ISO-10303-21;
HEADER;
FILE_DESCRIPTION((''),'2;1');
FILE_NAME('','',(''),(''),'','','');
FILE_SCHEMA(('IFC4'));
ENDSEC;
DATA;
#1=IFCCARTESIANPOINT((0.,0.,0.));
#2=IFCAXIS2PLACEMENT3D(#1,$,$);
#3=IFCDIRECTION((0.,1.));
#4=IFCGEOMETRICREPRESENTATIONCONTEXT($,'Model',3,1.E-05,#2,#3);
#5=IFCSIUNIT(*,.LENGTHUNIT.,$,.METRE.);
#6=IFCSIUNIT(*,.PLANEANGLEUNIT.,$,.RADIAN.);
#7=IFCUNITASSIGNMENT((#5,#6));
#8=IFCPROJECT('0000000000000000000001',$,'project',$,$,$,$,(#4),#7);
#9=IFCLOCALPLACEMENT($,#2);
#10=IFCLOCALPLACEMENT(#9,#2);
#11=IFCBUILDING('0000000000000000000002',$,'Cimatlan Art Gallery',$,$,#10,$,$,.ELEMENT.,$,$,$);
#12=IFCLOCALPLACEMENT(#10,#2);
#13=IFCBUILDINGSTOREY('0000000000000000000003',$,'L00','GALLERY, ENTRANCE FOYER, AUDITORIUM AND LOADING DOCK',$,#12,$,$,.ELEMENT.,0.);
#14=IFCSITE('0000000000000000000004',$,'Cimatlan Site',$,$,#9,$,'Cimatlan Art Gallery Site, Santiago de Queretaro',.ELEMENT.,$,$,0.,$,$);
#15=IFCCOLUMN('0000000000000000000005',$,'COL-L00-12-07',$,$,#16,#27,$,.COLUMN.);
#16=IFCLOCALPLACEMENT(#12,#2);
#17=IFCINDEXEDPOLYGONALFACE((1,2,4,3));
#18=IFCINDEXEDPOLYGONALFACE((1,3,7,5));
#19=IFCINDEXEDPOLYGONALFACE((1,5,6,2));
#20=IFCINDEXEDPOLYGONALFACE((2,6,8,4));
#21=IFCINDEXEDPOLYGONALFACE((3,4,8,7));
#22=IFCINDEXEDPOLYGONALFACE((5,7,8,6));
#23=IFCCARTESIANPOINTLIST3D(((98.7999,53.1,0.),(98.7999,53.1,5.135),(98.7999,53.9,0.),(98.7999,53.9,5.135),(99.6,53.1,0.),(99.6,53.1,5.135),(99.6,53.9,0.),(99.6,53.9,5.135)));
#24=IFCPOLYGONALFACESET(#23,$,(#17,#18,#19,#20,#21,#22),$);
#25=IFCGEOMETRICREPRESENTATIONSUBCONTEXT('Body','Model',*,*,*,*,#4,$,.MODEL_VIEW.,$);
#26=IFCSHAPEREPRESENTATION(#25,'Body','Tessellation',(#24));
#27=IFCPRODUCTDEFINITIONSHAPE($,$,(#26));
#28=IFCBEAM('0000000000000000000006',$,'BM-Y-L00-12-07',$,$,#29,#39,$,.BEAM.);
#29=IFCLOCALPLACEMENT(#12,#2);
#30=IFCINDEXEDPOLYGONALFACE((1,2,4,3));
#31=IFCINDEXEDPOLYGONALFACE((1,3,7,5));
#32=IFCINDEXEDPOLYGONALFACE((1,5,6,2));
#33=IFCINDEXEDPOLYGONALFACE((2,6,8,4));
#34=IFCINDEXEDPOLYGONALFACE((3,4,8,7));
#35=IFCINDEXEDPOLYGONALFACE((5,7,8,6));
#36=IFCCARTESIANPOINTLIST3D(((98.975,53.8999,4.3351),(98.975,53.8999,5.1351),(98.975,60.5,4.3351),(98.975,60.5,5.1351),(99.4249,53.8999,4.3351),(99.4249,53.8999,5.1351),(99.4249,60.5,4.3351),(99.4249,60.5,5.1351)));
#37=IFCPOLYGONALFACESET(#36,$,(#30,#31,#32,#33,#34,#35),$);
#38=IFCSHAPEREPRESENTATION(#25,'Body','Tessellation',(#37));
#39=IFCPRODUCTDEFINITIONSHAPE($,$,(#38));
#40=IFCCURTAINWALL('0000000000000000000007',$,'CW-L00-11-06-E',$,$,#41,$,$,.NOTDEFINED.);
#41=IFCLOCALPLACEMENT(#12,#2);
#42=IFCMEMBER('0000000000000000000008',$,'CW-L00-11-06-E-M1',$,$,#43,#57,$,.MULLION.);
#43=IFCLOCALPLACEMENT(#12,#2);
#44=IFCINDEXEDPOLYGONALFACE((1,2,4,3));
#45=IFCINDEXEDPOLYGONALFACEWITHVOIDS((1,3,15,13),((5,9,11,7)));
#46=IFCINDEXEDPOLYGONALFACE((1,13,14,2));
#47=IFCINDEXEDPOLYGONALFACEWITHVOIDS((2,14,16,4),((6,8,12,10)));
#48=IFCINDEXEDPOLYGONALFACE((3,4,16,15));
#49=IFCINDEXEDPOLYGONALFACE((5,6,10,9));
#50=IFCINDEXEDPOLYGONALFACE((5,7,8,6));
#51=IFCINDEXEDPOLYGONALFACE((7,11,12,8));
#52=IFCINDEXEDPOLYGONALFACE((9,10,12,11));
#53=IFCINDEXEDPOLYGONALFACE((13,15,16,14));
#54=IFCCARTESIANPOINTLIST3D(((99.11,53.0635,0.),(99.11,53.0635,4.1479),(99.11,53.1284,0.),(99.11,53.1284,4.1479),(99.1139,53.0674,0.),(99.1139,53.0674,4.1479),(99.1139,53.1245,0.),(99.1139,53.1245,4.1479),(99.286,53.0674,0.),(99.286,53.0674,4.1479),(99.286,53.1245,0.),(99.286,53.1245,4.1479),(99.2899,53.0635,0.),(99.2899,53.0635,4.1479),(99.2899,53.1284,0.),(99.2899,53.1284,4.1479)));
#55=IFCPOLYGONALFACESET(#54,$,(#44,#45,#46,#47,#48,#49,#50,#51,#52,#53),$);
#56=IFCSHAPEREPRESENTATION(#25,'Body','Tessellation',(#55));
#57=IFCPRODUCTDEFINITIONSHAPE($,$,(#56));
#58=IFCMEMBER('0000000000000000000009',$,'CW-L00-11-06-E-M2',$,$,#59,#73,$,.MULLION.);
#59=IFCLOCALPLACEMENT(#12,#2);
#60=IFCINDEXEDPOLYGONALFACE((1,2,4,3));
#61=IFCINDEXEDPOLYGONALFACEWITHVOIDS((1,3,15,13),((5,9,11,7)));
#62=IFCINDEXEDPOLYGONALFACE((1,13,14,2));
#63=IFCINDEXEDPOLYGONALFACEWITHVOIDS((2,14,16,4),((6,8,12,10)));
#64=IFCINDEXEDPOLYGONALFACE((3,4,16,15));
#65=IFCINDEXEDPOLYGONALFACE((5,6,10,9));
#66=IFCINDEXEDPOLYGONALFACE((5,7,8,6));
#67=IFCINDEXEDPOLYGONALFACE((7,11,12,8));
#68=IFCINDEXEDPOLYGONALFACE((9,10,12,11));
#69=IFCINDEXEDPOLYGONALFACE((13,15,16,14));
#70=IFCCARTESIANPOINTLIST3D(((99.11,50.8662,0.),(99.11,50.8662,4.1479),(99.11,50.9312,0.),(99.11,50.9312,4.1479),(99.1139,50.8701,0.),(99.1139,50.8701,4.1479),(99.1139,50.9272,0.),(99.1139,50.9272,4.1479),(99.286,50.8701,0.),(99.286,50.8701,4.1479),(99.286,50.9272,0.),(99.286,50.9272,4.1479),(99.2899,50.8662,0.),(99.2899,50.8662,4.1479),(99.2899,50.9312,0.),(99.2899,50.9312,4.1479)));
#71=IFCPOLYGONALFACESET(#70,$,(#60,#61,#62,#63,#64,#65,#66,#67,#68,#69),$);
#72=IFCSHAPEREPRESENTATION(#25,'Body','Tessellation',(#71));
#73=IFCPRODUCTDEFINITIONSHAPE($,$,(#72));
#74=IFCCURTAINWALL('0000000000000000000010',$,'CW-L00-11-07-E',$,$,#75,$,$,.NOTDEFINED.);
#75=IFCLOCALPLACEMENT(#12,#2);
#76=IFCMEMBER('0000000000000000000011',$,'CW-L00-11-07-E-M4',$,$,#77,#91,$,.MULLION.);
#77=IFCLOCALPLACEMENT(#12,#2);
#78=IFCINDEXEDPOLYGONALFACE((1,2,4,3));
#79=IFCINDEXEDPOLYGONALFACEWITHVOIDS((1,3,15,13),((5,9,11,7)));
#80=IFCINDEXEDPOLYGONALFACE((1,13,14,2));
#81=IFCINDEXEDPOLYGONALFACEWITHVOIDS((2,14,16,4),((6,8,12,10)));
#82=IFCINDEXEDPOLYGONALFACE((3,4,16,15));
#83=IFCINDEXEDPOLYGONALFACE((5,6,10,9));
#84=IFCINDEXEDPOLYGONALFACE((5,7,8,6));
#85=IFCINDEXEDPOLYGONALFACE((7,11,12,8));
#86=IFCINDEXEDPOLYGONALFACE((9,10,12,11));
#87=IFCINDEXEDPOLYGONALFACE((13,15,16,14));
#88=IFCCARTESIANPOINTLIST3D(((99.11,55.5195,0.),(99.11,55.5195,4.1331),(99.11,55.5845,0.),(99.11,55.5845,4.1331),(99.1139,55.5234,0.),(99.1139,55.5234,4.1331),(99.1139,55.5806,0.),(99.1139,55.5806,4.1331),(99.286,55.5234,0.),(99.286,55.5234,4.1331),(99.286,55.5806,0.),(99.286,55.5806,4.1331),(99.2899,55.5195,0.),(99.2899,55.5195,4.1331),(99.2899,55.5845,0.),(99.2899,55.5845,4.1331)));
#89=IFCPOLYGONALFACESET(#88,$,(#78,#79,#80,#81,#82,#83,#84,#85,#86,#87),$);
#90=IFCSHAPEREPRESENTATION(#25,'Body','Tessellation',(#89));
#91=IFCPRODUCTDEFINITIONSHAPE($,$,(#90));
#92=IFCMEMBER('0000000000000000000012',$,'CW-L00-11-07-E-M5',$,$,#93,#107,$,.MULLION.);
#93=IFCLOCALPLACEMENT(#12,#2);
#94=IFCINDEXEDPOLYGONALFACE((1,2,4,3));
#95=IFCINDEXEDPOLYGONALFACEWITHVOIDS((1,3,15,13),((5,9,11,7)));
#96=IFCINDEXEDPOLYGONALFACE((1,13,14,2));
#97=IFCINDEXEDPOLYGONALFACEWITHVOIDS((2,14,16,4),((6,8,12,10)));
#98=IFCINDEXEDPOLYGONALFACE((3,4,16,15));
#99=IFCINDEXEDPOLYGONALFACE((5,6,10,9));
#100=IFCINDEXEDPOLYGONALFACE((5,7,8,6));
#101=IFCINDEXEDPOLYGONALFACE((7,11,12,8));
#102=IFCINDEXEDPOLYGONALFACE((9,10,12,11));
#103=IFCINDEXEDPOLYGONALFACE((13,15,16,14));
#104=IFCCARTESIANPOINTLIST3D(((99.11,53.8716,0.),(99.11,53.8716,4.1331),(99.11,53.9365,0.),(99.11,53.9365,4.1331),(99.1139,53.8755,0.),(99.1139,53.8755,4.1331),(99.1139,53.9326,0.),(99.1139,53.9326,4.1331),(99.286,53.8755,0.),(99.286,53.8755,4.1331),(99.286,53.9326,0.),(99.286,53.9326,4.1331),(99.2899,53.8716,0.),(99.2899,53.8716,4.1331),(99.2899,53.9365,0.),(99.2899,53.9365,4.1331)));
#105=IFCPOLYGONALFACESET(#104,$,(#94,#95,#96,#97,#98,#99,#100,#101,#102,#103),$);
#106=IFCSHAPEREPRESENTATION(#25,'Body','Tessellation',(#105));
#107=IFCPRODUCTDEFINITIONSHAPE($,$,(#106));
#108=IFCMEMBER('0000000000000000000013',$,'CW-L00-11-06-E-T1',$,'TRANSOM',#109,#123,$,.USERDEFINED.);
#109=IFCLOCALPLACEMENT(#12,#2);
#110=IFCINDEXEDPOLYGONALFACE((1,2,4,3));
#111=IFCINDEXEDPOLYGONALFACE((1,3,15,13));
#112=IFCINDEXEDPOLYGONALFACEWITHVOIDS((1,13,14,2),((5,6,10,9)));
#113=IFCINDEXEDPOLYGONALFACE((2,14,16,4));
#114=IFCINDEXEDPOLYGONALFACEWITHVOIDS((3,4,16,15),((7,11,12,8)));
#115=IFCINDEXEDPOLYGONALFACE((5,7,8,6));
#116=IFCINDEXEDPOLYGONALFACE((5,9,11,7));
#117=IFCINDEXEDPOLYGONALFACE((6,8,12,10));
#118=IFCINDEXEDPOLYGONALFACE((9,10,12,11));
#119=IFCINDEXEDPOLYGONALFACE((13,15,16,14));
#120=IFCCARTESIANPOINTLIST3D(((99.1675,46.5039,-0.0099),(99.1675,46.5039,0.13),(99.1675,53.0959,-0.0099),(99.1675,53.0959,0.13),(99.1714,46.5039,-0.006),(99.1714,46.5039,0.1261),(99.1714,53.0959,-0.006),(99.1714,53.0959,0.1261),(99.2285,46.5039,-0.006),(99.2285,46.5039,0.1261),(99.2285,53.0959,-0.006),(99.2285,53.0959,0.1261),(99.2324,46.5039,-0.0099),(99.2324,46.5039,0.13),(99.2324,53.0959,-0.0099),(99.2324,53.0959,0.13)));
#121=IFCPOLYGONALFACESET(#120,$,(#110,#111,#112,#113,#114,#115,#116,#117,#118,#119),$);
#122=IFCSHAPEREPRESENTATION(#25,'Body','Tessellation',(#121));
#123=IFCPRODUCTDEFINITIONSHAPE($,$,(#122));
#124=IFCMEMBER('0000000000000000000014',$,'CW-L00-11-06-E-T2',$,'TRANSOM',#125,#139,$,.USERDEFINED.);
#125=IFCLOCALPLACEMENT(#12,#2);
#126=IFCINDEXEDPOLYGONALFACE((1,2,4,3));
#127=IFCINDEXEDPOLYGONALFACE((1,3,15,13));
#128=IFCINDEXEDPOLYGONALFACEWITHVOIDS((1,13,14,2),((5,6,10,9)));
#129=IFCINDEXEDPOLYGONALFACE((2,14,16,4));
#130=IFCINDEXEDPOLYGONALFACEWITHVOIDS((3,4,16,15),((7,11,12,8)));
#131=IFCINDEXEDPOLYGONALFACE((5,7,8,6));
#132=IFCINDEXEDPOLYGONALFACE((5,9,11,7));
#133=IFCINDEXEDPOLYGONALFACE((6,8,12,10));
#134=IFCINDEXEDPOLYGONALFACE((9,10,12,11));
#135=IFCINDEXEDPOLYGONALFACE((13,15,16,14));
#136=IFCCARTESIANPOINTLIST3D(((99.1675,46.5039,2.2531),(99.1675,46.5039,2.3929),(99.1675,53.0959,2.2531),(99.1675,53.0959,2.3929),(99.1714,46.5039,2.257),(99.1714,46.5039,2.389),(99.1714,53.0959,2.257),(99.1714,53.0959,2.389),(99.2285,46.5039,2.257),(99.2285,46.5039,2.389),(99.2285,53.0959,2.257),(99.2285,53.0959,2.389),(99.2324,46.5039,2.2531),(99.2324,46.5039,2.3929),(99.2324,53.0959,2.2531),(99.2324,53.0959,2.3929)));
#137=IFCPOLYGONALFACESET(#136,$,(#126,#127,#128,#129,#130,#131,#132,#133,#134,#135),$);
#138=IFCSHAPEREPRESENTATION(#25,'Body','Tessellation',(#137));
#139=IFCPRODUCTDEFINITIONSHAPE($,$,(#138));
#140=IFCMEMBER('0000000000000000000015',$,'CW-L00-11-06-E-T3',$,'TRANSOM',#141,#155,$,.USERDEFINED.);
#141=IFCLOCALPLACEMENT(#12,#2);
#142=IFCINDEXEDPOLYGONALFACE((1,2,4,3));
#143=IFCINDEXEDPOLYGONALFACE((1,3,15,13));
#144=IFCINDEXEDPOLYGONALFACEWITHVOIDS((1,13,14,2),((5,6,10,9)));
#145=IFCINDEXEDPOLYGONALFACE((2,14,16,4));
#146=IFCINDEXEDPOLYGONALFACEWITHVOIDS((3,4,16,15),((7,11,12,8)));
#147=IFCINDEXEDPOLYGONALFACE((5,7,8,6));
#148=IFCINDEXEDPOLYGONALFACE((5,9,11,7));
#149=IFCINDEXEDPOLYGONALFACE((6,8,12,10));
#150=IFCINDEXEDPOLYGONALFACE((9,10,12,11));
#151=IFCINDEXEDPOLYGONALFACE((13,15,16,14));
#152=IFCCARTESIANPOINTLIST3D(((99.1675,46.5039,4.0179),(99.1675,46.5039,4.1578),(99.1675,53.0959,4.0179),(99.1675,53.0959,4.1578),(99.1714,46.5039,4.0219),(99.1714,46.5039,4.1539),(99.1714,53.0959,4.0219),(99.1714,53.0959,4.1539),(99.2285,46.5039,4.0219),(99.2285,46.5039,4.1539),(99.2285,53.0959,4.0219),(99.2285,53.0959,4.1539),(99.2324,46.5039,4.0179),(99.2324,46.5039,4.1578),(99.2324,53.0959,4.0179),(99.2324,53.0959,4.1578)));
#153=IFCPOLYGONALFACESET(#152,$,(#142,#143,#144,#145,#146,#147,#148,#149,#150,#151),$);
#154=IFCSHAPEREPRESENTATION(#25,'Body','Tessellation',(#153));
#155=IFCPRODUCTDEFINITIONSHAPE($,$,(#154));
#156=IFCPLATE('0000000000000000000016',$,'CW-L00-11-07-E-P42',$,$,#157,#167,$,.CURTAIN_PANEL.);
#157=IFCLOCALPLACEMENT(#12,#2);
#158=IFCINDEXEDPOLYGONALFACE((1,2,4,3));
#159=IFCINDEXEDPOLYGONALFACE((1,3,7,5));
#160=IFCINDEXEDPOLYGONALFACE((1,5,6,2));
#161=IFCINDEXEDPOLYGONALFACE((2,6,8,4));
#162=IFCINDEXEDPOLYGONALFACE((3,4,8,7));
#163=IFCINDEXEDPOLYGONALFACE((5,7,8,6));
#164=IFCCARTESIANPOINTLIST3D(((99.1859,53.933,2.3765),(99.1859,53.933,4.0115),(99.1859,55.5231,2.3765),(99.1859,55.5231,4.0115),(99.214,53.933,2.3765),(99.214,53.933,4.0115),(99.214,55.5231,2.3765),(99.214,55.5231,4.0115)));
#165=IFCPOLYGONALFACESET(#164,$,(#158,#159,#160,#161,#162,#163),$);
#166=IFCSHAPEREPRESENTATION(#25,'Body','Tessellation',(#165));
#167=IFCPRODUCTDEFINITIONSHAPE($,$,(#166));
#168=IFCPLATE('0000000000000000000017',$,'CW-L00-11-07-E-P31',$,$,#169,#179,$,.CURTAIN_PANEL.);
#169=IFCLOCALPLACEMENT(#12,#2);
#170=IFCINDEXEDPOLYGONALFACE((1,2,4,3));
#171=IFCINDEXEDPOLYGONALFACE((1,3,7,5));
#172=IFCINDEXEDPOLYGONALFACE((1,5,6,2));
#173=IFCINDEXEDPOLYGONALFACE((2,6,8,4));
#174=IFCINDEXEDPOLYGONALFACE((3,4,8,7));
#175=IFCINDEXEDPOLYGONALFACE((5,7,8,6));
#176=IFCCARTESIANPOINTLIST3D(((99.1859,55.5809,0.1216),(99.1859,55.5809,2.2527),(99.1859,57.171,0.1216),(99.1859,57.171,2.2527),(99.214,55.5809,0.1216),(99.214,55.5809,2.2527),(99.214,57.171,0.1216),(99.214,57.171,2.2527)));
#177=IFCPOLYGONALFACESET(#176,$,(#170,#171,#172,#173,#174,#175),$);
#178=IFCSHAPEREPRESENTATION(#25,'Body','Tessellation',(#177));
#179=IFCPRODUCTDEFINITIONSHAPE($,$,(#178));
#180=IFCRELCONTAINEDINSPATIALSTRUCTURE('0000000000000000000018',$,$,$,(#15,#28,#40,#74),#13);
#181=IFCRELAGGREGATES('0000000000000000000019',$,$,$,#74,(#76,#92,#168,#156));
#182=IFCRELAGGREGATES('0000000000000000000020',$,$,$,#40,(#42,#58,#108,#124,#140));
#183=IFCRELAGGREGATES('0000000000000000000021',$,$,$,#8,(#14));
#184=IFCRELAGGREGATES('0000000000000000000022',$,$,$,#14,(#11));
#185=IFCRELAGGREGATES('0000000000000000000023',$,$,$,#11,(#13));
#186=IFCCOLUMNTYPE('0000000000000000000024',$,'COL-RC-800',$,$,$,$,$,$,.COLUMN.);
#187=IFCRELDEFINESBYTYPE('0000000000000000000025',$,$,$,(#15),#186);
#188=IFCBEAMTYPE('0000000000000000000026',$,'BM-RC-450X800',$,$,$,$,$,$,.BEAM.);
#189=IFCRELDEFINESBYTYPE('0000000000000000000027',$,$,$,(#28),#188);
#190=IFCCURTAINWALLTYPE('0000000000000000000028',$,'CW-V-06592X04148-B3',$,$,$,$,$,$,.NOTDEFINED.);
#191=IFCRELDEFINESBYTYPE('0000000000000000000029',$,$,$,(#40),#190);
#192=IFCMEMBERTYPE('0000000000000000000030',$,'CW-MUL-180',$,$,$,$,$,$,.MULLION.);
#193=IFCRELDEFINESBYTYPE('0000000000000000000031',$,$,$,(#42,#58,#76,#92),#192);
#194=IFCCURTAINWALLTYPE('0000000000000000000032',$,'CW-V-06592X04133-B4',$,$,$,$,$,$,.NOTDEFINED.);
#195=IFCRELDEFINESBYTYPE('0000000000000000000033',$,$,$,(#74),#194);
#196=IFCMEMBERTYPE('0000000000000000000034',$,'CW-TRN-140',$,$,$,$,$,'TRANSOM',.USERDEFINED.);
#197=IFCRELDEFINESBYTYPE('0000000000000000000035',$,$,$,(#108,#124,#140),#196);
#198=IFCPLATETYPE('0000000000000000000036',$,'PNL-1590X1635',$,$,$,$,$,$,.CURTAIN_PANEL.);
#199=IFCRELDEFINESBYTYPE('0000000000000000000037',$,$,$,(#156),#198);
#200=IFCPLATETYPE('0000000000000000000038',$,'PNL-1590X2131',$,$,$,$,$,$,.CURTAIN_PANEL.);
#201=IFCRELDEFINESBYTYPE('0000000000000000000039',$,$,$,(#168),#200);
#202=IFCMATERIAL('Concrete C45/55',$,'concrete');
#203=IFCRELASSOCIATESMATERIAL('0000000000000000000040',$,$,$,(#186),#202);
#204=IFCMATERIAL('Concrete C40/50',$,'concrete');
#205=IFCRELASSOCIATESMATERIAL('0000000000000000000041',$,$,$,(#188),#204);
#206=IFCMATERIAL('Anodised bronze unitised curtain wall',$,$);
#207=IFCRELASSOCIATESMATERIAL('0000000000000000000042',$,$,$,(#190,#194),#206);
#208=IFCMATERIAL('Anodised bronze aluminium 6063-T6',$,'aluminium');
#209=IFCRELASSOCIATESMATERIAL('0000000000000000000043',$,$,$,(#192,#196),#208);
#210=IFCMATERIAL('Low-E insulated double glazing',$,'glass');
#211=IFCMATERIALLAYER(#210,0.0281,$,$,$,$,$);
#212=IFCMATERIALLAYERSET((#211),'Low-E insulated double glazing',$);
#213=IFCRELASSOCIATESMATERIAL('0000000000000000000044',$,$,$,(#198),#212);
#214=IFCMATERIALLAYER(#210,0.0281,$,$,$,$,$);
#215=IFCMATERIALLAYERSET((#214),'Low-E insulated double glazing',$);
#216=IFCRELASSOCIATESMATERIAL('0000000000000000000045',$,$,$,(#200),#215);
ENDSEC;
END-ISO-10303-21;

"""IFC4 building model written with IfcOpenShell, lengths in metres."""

from ifc_helpers import new_model, si_unit, direction, frame, origin, origin_2d, place, context, subcontext, project, spatial, rectangle, hollow_rectangle, extrude, material, layer, layer_set, material_profile, profile_set, type_object, element, aggregate, save


model = new_model("IFC4")

# Units and contexts
model_context = context("Model", 3, precision=1e-05, world=origin(), true_north=direction((0.0, 1.0)))
body_context = subcontext(model_context, "Body", "Model", "MODEL_VIEW")
ifc_project = project(units=[si_unit("LENGTHUNIT", "METRE"), si_unit("PLANEANGLEUNIT", "RADIAN")], contexts=[model_context])

# Site, building, storey
site_placement = place(None, origin())
site = spatial("IfcSite", under=ifc_project, at=site_placement, Name="Cimatlan Site", LongName="Cimatlan Art Gallery Site, Santiago de Queretaro", CompositionType="ELEMENT", RefElevation=0.0)
building_placement = place(site_placement, origin())
building = spatial("IfcBuilding", under=site, at=building_placement, Name="Cimatlan Art Gallery", CompositionType="ELEMENT")
storey_placement = place(building_placement, origin())
storey = spatial("IfcBuildingStorey", under=building, at=storey_placement, Name="L00", Description="GALLERY, ENTRANCE FOYER, AUDITORIUM AND LOADING DOCK", CompositionType="ELEMENT", Elevation=0.0)

# Column
ifc_material_1 = material(Name="Concrete C45/55", Category="concrete")
ifc_material_profile_1 = material_profile(ifc_material_1, rectangle(XDim=0.8, YDim=0.8, at=origin_2d()), Name="RC800X800")
ifc_profile_set_1 = profile_set([ifc_material_profile_1], Name="Concrete C45/55")
column_type = type_object("IfcColumnType", Name="COL-RC-800", PredefinedType="COLUMN", material=ifc_profile_set_1)
column_placement = place(storey_placement, frame((99.2, 53.5, 0.0), z_axis=(0.0, 0.0, 1.0), x_axis=(1.0, 0.0, 0.0)))
element("IfcColumn", 1, at=column_placement, inside=storey, type_object=column_type, Name="COL-L00-12-07", PredefinedType="COLUMN", context=body_context, shape_type="SweptSolid", body=[
    extrude(rectangle(XDim=0.8, YDim=0.8, at=origin_2d()), origin(), (0.0, 0.0, 1.0), 5.135),
])

# Beam
ifc_material_2 = material(Name="Concrete C40/50", Category="concrete")
ifc_material_profile_2 = material_profile(ifc_material_2, rectangle(XDim=0.45, YDim=0.8, at=origin_2d()), Name="RC450X800")
ifc_profile_set_2 = profile_set([ifc_material_profile_2], Name="Concrete C40/50")
beam_type = type_object("IfcBeamType", Name="BM-RC-450X800", PredefinedType="BEAM", material=ifc_profile_set_2)
beam_placement = place(storey_placement, frame((99.2, 53.8999, 4.7351), z_axis=(0.0, 1.0, 0.0), x_axis=(-1.0, 0.0, 0.0)))
element("IfcBeam", 2, at=beam_placement, inside=storey, type_object=beam_type, Name="BM-Y-L00-12-07", PredefinedType="BEAM", context=body_context, shape_type="SweptSolid", body=[
    extrude(rectangle(XDim=0.45, YDim=0.8, at=origin_2d()), origin(), (0.0, 0.0, 1.0), 6.6001),
])

# Curtain walls, members
ifc_material_3 = material(Name="Anodised bronze unitised curtain wall")
curtain_wall_type_1 = type_object("IfcCurtainWallType", Name="CW-V-06592X04148-B3", PredefinedType="NOTDEFINED", material=ifc_material_3)
curtain_wall_1_placement = place(storey_placement, origin())
curtain_wall_1 = element("IfcCurtainWall", 3, at=curtain_wall_1_placement, inside=storey, type_object=curtain_wall_type_1, Name="CW-L00-11-06-E", PredefinedType="NOTDEFINED")
ifc_material_4 = material(Name="Anodised bronze aluminium 6063-T6", Category="aluminium")
ifc_material_profile_3 = material_profile(ifc_material_4, hollow_rectangle(XDim=0.0649, YDim=0.1799, WallThickness=0.0039, at=origin_2d()), Name="ALU65X180X4")
ifc_profile_set_3 = profile_set([ifc_material_profile_3], Name="Anodised bronze aluminium 6063-T6")
member_type_1 = type_object("IfcMemberType", Name="CW-MUL-180", PredefinedType="MULLION", material=ifc_profile_set_3)
member_1_placement = place(storey_placement, frame((99.2, 53.0959, 0.0), z_axis=(0.0, 0.0, 1.0), x_axis=(0.0, 1.0, 0.0)))
member_1 = element("IfcMember", 4, at=member_1_placement, type_object=member_type_1, Name="CW-L00-11-06-E-M1", PredefinedType="MULLION", context=body_context, shape_type="SweptSolid", body=[
    extrude(hollow_rectangle(XDim=0.0649, YDim=0.1799, WallThickness=0.0039, at=origin_2d()), origin(), (0.0, 0.0, 1.0), 4.1479),
])
member_2_placement = place(storey_placement, frame((99.2, 50.8987, 0.0), z_axis=(0.0, 0.0, 1.0), x_axis=(0.0, 1.0, 0.0)))
member_2 = element("IfcMember", 5, at=member_2_placement, type_object=member_type_1, Name="CW-L00-11-06-E-M2", PredefinedType="MULLION", context=body_context, shape_type="SweptSolid", body=[
    extrude(hollow_rectangle(XDim=0.0649, YDim=0.1799, WallThickness=0.0039, at=origin_2d()), origin(), (0.0, 0.0, 1.0), 4.1479),
])
curtain_wall_type_2 = type_object("IfcCurtainWallType", Name="CW-V-06592X04133-B4", PredefinedType="NOTDEFINED", material=ifc_material_3)
curtain_wall_2_placement = place(storey_placement, origin())
curtain_wall_2 = element("IfcCurtainWall", 6, at=curtain_wall_2_placement, inside=storey, type_object=curtain_wall_type_2, Name="CW-L00-11-07-E", PredefinedType="NOTDEFINED")
member_3_placement = place(storey_placement, frame((99.2, 55.552, 0.0), z_axis=(0.0, 0.0, 1.0), x_axis=(0.0, 1.0, 0.0)))
member_3 = element("IfcMember", 7, at=member_3_placement, type_object=member_type_1, Name="CW-L00-11-07-E-M4", PredefinedType="MULLION", context=body_context, shape_type="SweptSolid", body=[
    extrude(hollow_rectangle(XDim=0.0649, YDim=0.1799, WallThickness=0.0039, at=origin_2d()), origin(), (0.0, 0.0, 1.0), 4.1331),
])
member_4_placement = place(storey_placement, frame((99.2, 53.9041, 0.0), z_axis=(0.0, 0.0, 1.0), x_axis=(0.0, 1.0, 0.0)))
member_4 = element("IfcMember", 8, at=member_4_placement, type_object=member_type_1, Name="CW-L00-11-07-E-M5", PredefinedType="MULLION", context=body_context, shape_type="SweptSolid", body=[
    extrude(hollow_rectangle(XDim=0.0649, YDim=0.1799, WallThickness=0.0039, at=origin_2d()), origin(), (0.0, 0.0, 1.0), 4.1331),
])

# Members
ifc_material_profile_4 = material_profile(ifc_material_4, hollow_rectangle(XDim=0.0649, YDim=0.1399, WallThickness=0.0039, at=origin_2d()), Name="ALU65X140X4")
ifc_profile_set_4 = profile_set([ifc_material_profile_4], Name="Anodised bronze aluminium 6063-T6")
member_type_2 = type_object("IfcMemberType", Name="CW-TRN-140", ElementType="TRANSOM", PredefinedType="USERDEFINED", material=ifc_profile_set_4)
member_5_placement = place(storey_placement, frame((99.2, 53.0959, 0.0601), z_axis=(0.0, -1.0, 0.0), x_axis=(1.0, 0.0, 0.0)))
member_5 = element("IfcMember", 9, at=member_5_placement, type_object=member_type_2, Name="CW-L00-11-06-E-T1", ObjectType="TRANSOM", PredefinedType="USERDEFINED", context=body_context, shape_type="SweptSolid", body=[
    extrude(hollow_rectangle(XDim=0.0649, YDim=0.1399, WallThickness=0.0039, at=origin_2d()), origin(), (0.0, 0.0, 1.0), 6.592),
])
member_6_placement = place(storey_placement, frame((99.2, 53.0959, 2.323), z_axis=(0.0, -1.0, 0.0), x_axis=(1.0, 0.0, 0.0)))
member_6 = element("IfcMember", 10, at=member_6_placement, type_object=member_type_2, Name="CW-L00-11-06-E-T2", ObjectType="TRANSOM", PredefinedType="USERDEFINED", context=body_context, shape_type="SweptSolid", body=[
    extrude(hollow_rectangle(XDim=0.0649, YDim=0.1399, WallThickness=0.0039, at=origin_2d()), origin(), (0.0, 0.0, 1.0), 6.592),
])
member_7_placement = place(storey_placement, frame((99.2, 53.0959, 4.0879), z_axis=(0.0, -1.0, 0.0), x_axis=(1.0, 0.0, 0.0)))
member_7 = element("IfcMember", 11, at=member_7_placement, type_object=member_type_2, Name="CW-L00-11-06-E-T3", ObjectType="TRANSOM", PredefinedType="USERDEFINED", context=body_context, shape_type="SweptSolid", body=[
    extrude(hollow_rectangle(XDim=0.0649, YDim=0.1399, WallThickness=0.0039, at=origin_2d()), origin(), (0.0, 0.0, 1.0), 6.592),
])

# Plates
ifc_material_5 = material(Name="Low-E insulated double glazing", Category="glass")
ifc_layer_1 = layer(ifc_material_5, 0.0281)
ifc_layer_set_1 = layer_set([ifc_layer_1], Name="Low-E insulated double glazing")
plate_type_1 = type_object("IfcPlateType", Name="PNL-1590X1635", PredefinedType="CURTAIN_PANEL", material=ifc_layer_set_1)
plate_1_placement = place(storey_placement, frame((99.2, 54.728, 2.3765), z_axis=(0.0, 0.0, 1.0), x_axis=(0.0, -1.0, 0.0)))
plate_1 = element("IfcPlate", 12, at=plate_1_placement, type_object=plate_type_1, Name="CW-L00-11-07-E-P42", PredefinedType="CURTAIN_PANEL", context=body_context, shape_type="SweptSolid", body=[
    extrude(rectangle(XDim=1.5901, YDim=0.0281, at=origin_2d()), origin(), (0.0, 0.0, 1.0), 1.635),
])
ifc_layer_2 = layer(ifc_material_5, 0.0281)
ifc_layer_set_2 = layer_set([ifc_layer_2], Name="Low-E insulated double glazing")
plate_type_2 = type_object("IfcPlateType", Name="PNL-1590X2131", PredefinedType="CURTAIN_PANEL", material=ifc_layer_set_2)
plate_2_placement = place(storey_placement, frame((99.2, 56.376, 0.1216), z_axis=(0.0, 0.0, 1.0), x_axis=(0.0, -1.0, 0.0)))
plate_2 = element("IfcPlate", 13, at=plate_2_placement, type_object=plate_type_2, Name="CW-L00-11-07-E-P31", PredefinedType="CURTAIN_PANEL", context=body_context, shape_type="SweptSolid", body=[
    extrude(rectangle(XDim=1.5901, YDim=0.0281, at=origin_2d()), origin(), (0.0, 0.0, 1.0), 2.1311),
])
aggregate(curtain_wall_2, [member_3, member_4, plate_2, plate_1])
aggregate(curtain_wall_1, [member_1, member_2, member_5, member_6, member_7])

save(model, "model.ifc")
